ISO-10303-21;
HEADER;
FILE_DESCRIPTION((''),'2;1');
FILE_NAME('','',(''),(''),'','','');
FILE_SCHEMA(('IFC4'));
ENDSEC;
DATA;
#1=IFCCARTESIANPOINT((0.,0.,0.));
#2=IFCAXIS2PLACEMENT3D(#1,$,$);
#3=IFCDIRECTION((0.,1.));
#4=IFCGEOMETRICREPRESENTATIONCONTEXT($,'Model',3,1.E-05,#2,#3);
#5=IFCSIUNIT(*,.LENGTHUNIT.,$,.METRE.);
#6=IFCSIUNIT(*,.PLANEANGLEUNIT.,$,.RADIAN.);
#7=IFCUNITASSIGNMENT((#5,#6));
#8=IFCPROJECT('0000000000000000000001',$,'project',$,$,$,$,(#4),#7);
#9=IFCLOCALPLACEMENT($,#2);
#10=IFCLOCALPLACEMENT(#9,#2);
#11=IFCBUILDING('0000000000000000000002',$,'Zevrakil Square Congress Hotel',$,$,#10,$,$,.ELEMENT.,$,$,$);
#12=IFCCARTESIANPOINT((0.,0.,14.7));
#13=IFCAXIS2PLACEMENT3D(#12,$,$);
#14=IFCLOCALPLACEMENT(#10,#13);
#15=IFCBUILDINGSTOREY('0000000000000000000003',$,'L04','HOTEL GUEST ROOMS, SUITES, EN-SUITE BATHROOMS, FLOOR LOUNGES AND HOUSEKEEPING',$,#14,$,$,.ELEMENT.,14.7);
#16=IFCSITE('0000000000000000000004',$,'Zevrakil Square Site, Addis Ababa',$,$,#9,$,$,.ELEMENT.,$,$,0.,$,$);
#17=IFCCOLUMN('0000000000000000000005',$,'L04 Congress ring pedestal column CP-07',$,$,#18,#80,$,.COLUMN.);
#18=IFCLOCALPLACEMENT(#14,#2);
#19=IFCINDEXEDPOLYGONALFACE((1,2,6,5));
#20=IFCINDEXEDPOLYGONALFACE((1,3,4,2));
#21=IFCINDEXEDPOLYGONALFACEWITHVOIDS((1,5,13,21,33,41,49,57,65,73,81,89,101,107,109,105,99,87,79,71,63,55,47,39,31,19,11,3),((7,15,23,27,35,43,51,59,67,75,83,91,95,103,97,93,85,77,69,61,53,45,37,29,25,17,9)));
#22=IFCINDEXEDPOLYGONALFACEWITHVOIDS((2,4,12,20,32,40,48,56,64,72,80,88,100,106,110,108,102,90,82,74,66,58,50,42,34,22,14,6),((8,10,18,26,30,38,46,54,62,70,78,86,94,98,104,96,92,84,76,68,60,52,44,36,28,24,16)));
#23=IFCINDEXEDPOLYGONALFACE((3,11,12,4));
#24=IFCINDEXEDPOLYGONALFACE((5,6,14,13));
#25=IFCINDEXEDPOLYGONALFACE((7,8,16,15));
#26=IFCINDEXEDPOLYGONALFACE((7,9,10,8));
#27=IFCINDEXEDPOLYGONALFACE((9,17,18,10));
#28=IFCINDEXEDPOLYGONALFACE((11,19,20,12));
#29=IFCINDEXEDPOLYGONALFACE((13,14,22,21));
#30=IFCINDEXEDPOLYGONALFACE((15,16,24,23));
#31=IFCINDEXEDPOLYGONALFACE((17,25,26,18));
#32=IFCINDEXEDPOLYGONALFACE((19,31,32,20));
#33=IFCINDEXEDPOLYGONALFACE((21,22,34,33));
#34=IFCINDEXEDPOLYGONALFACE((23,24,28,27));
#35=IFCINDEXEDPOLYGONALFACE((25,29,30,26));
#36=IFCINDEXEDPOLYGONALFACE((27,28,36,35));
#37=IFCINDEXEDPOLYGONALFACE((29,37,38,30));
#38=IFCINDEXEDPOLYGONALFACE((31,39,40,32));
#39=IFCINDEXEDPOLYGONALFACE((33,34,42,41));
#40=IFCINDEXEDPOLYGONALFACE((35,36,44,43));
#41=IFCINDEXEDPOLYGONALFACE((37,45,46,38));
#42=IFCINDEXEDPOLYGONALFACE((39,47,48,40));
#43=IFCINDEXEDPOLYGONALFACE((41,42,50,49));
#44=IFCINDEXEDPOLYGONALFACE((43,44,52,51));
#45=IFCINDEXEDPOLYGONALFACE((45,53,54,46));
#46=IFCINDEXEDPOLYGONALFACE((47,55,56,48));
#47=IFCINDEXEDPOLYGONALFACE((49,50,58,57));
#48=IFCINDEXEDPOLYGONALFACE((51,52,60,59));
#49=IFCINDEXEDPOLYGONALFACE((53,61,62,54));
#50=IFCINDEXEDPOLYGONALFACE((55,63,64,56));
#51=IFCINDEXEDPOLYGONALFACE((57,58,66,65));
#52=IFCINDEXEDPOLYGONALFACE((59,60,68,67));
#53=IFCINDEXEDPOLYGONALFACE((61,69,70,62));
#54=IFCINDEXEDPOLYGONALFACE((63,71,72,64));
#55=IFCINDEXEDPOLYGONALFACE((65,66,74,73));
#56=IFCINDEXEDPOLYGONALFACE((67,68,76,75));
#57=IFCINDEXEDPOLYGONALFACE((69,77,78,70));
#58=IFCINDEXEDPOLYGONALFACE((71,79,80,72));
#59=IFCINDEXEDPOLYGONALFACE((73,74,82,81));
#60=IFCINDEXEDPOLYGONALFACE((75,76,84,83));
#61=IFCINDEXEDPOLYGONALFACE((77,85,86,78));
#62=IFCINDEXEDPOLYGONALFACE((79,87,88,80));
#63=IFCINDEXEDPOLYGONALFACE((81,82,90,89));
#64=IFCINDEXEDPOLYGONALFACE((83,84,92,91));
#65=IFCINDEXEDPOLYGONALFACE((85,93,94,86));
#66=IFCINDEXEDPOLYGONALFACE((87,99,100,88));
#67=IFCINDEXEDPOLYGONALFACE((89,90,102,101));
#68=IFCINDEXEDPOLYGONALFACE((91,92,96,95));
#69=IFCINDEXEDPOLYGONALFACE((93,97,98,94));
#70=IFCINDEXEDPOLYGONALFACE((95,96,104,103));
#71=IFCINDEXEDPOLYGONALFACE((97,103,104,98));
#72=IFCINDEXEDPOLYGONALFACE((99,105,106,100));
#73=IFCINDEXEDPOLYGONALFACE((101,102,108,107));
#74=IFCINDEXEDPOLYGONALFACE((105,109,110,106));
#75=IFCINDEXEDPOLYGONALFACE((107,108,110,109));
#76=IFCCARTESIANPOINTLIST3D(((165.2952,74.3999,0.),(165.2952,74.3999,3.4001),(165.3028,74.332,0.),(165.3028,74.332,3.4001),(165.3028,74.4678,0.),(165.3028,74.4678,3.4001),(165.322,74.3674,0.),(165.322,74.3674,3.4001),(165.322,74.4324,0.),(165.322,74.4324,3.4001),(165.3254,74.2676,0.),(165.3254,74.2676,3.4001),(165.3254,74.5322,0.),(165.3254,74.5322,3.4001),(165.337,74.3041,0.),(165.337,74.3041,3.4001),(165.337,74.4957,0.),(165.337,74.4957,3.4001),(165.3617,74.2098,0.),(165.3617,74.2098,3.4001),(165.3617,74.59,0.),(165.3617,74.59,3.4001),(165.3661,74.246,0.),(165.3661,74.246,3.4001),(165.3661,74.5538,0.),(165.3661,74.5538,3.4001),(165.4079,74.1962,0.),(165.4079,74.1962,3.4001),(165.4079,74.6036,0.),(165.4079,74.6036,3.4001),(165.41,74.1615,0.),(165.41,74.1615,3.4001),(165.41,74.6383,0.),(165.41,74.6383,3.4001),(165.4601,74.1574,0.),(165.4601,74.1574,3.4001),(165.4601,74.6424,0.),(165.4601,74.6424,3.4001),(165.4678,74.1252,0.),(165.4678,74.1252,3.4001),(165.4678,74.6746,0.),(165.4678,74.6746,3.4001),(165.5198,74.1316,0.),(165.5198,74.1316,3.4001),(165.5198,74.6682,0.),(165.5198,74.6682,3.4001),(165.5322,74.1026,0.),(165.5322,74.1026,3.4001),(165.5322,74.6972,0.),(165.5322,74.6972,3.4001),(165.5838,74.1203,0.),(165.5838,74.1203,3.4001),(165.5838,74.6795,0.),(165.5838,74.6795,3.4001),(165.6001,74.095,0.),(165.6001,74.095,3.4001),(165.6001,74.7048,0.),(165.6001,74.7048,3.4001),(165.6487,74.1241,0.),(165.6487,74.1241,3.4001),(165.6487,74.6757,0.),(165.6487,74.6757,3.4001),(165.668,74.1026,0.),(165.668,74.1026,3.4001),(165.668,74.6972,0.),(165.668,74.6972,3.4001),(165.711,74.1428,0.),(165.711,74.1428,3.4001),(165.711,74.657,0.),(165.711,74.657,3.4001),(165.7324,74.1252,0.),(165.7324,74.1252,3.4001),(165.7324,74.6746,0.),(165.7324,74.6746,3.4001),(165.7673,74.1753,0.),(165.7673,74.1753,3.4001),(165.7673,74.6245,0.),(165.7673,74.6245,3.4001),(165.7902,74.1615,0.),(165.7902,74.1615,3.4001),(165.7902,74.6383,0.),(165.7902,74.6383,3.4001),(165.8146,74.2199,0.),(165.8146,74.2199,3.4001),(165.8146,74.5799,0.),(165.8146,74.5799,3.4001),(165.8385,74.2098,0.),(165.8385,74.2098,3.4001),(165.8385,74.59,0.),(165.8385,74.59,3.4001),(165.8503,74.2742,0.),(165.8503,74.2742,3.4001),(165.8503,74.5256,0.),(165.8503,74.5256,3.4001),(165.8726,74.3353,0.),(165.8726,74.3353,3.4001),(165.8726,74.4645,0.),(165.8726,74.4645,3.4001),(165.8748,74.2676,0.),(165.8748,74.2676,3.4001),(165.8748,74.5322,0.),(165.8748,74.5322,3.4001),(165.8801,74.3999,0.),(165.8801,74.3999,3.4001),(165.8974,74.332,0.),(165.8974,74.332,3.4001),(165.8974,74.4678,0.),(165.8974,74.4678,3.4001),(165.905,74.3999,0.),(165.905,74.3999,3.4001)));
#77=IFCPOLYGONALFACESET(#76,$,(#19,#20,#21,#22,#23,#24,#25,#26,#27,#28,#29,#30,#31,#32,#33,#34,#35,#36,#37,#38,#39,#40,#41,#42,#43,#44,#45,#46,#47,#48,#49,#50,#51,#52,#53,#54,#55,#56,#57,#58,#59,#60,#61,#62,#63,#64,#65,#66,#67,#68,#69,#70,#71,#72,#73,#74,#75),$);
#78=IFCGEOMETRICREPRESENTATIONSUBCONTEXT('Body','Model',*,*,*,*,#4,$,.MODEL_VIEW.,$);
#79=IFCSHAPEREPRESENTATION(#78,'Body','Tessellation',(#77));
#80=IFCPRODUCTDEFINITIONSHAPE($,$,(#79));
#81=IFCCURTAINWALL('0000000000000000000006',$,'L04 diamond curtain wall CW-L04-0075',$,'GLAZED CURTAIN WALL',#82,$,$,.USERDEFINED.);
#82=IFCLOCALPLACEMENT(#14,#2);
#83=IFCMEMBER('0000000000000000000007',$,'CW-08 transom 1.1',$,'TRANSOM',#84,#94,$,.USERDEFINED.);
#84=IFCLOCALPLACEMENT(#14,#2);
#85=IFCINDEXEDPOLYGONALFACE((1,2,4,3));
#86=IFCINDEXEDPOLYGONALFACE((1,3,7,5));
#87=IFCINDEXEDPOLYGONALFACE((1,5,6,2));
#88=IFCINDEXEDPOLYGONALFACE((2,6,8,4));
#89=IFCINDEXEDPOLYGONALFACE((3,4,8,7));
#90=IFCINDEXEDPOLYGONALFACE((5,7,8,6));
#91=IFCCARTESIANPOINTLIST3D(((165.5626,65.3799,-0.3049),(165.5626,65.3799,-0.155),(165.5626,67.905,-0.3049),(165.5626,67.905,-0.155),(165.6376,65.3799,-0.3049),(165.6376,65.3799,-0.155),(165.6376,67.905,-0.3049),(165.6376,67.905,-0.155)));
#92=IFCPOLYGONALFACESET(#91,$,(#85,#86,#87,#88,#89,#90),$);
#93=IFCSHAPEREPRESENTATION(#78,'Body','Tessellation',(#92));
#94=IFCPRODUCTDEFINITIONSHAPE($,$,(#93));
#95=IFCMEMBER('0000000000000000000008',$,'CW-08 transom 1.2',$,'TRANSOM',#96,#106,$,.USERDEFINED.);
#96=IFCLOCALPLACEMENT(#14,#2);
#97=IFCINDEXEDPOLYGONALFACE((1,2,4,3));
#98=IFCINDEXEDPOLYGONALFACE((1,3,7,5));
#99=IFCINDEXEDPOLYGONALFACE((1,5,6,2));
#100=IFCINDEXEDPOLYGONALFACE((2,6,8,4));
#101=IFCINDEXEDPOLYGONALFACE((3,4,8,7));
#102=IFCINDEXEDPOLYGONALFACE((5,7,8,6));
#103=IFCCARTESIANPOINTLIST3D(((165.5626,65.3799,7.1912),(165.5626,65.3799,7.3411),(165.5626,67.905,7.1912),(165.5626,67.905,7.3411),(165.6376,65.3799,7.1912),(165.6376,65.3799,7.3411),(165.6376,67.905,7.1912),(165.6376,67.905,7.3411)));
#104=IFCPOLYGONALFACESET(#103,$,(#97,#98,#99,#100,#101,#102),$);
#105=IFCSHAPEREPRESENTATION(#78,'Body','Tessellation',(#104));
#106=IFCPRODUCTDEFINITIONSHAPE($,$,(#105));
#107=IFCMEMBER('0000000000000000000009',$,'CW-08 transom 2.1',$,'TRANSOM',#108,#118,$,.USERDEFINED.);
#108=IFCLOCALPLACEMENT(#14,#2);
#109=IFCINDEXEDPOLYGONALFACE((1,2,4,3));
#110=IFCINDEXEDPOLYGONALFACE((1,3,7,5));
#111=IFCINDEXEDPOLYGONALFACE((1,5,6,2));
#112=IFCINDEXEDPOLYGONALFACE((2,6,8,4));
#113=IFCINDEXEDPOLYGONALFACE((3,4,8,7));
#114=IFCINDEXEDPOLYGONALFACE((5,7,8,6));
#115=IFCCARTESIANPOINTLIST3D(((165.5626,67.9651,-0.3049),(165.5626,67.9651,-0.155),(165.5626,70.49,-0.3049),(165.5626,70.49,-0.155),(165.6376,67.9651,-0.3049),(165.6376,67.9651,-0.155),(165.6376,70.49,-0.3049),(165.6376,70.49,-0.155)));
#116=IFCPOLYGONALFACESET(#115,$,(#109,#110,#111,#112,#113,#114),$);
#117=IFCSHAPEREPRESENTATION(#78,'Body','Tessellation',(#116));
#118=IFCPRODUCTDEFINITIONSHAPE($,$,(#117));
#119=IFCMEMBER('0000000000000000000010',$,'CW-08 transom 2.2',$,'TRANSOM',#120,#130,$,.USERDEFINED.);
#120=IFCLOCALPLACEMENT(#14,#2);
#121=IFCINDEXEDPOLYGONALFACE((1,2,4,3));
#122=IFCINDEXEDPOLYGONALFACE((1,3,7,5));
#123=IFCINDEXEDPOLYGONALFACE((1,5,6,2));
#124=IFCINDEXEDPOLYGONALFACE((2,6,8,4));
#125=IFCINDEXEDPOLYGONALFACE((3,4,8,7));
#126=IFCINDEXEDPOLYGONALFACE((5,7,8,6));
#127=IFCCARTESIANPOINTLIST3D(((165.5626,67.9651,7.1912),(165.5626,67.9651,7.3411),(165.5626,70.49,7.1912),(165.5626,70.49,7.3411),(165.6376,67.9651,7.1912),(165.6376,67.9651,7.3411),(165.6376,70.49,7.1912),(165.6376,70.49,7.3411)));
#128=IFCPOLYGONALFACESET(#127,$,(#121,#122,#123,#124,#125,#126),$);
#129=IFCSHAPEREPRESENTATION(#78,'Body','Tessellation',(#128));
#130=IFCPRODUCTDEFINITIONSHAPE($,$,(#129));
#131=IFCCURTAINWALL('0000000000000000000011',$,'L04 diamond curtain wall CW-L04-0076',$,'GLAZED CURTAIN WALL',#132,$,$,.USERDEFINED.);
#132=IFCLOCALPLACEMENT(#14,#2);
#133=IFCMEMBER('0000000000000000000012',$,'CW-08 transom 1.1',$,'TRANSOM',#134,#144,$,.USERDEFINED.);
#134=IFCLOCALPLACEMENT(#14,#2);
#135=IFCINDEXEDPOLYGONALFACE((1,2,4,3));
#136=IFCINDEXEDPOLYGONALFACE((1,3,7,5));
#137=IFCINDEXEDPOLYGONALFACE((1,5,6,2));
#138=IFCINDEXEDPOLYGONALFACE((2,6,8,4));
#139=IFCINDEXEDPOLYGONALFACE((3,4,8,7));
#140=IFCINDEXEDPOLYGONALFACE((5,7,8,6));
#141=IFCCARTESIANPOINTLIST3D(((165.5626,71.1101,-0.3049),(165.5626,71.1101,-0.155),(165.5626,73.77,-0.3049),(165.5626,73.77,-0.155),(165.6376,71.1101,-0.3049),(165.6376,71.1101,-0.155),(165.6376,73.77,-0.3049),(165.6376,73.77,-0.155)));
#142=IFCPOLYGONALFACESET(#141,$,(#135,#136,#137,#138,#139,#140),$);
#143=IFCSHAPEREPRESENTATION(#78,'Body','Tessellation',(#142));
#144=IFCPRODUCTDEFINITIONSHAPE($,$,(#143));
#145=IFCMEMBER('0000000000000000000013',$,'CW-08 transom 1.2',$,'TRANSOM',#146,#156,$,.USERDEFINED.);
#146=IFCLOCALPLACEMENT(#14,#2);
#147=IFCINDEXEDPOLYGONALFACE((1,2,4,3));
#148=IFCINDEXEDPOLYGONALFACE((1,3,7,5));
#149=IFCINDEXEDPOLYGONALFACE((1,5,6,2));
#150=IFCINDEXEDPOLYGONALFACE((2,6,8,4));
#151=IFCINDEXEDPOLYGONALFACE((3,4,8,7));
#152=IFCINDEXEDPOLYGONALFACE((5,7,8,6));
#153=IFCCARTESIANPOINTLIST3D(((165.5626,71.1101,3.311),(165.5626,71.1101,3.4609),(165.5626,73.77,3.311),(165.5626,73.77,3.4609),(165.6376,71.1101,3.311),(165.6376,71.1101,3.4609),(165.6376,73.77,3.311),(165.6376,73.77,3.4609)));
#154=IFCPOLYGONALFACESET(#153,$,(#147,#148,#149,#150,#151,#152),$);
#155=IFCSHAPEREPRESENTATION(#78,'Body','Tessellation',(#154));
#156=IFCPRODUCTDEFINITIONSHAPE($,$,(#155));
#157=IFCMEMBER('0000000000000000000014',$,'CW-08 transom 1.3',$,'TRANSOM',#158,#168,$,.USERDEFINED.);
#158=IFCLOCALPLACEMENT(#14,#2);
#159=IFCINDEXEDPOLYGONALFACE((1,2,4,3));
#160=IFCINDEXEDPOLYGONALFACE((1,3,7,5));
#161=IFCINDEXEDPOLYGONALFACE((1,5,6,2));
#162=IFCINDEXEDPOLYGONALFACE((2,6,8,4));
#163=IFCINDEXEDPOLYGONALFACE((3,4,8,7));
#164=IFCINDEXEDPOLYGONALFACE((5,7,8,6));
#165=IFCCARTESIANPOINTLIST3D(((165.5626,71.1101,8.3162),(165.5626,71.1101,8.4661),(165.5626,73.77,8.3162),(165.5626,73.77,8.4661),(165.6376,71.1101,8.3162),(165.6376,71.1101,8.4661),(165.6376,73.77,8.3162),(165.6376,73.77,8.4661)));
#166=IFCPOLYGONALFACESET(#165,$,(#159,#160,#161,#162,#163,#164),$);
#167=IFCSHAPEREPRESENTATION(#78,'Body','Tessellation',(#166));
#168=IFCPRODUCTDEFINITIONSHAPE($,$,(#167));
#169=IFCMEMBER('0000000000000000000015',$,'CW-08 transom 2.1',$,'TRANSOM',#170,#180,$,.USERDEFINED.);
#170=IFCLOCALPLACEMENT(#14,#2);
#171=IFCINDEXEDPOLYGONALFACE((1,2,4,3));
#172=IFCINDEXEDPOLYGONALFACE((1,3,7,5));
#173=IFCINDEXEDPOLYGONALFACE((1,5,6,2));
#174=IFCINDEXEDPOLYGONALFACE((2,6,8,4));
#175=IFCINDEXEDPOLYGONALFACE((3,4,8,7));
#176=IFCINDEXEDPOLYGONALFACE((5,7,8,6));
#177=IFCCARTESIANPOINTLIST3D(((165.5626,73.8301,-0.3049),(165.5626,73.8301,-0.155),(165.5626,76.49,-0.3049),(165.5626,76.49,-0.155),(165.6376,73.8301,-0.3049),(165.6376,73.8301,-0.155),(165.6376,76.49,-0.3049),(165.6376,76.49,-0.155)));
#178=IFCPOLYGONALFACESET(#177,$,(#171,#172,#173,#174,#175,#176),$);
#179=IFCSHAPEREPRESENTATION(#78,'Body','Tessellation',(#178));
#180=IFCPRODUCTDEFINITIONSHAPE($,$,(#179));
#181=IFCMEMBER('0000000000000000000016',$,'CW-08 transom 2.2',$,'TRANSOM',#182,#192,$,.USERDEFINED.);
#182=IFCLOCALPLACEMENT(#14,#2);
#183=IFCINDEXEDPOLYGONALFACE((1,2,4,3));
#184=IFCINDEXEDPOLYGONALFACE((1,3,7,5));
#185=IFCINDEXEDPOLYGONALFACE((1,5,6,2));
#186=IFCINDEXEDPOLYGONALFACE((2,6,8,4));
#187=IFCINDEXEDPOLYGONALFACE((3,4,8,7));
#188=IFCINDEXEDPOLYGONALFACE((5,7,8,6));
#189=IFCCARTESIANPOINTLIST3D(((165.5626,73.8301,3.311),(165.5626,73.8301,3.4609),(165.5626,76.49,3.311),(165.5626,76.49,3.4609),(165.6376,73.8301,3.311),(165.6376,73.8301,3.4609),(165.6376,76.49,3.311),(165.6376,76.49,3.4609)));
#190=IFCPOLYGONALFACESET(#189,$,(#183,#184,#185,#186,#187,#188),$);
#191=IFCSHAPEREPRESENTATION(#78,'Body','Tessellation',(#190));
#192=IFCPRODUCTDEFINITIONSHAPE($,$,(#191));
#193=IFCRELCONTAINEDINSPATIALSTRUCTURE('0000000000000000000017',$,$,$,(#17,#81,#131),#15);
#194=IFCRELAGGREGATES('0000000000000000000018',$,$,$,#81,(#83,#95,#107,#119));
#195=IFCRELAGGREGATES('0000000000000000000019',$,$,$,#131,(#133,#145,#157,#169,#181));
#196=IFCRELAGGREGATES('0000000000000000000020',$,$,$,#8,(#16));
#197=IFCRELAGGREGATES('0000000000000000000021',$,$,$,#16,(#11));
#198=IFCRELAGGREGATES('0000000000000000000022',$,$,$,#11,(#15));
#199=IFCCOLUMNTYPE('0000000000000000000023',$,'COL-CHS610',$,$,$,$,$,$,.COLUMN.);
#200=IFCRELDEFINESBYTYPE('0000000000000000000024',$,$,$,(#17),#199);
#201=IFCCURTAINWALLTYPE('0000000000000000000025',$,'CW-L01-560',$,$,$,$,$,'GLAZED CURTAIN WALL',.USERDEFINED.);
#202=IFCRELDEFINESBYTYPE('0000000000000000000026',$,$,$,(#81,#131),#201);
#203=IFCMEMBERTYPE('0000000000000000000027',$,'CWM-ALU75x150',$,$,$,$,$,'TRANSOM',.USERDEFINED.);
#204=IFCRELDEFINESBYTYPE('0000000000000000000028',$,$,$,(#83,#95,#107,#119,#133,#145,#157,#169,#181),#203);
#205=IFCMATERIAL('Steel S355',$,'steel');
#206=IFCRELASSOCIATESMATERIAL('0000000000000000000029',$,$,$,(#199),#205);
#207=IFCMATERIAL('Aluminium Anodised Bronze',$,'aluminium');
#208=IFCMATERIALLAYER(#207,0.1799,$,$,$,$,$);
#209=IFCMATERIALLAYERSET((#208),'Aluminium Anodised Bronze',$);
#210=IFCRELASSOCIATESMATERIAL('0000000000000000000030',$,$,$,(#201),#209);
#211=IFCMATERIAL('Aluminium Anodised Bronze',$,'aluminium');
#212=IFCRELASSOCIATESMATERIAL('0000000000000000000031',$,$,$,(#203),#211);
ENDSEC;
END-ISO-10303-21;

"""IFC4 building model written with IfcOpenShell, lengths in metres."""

from ifc_helpers import new_model, si_unit, direction, frame, origin, origin_2d, place, context, subcontext, project, spatial, rectangle, hollow_circle, extrude, material, layer, layer_set, material_profile, profile_set, type_object, element, aggregate, save


model = new_model("IFC4")

# Units and contexts
model_context = context("Model", 3, precision=1e-05, world=origin(), true_north=direction((0.0, 1.0)))
body_context = subcontext(model_context, "Body", "Model", "MODEL_VIEW")
ifc_project = project(units=[si_unit("LENGTHUNIT", "METRE"), si_unit("PLANEANGLEUNIT", "RADIAN")], contexts=[model_context])

# Site, building, storey
site_placement = place(None, origin())
site = spatial("IfcSite", under=ifc_project, at=site_placement, Name="Zevrakil Square Site, Addis Ababa", CompositionType="ELEMENT", RefElevation=0.0)
building_placement = place(site_placement, origin())
building = spatial("IfcBuilding", under=site, at=building_placement, Name="Zevrakil Square Congress Hotel", CompositionType="ELEMENT")
storey_placement = place(building_placement, frame((0.0, 0.0, 14.7)))
storey = spatial("IfcBuildingStorey", under=building, at=storey_placement, Name="L04", Description="HOTEL GUEST ROOMS, SUITES, EN-SUITE BATHROOMS, FLOOR LOUNGES AND HOUSEKEEPING", CompositionType="ELEMENT", Elevation=14.7)

# Column
ifc_material_1 = material(Name="Steel S355", Category="steel")
ifc_material_profile_1 = material_profile(ifc_material_1, hollow_circle(Radius=0.3049, WallThickness=0.0249, at=origin_2d()), Name="CHS 610x25")
ifc_profile_set_1 = profile_set([ifc_material_profile_1], Name="Steel S355")
column_type = type_object("IfcColumnType", Name="COL-CHS610", PredefinedType="COLUMN", material=ifc_profile_set_1)
column_placement = place(storey_placement, frame((165.6001, 74.3999, 0.0), z_axis=(0.0, 0.0, 1.0), x_axis=(1.0, 0.0, 0.0)))
element("IfcColumn", 1, at=column_placement, inside=storey, type_object=column_type, Name="L04 Congress ring pedestal column CP-07", PredefinedType="COLUMN", context=body_context, shape_type="SweptSolid", body=[
    extrude(hollow_circle(Radius=0.3049, WallThickness=0.0249, at=origin_2d()), origin(), (0.0, 0.0, 1.0), 3.4001),
])

# Curtain walls, members
ifc_material_2 = material(Name="Aluminium Anodised Bronze", Category="aluminium")
ifc_layer_1 = layer(ifc_material_2, 0.1799)
ifc_layer_set_1 = layer_set([ifc_layer_1], Name="Aluminium Anodised Bronze")
curtain_wall_type = type_object("IfcCurtainWallType", Name="CW-L01-560", ElementType="GLAZED CURTAIN WALL", PredefinedType="USERDEFINED", material=ifc_layer_set_1)
curtain_wall_1_placement = place(storey_placement, origin())
curtain_wall_1 = element("IfcCurtainWall", 2, at=curtain_wall_1_placement, inside=storey, type_object=curtain_wall_type, Name="L04 diamond curtain wall CW-L04-0075", ObjectType="GLAZED CURTAIN WALL", PredefinedType="USERDEFINED")
ifc_material_3 = material(Name="Aluminium Anodised Bronze", Category="aluminium")
ifc_material_profile_2 = material_profile(ifc_material_3, rectangle(XDim=0.075, YDim=0.1499, at=origin_2d()), Name="ALU 75x150")
ifc_profile_set_2 = profile_set([ifc_material_profile_2], Name="Aluminium Anodised Bronze")
member_type_1 = type_object("IfcMemberType", Name="CWM-ALU75x150", ElementType="TRANSOM", PredefinedType="USERDEFINED", material=ifc_profile_set_2)
member_1_placement = place(storey_placement, frame((165.6001, 65.3799, -0.23), z_axis=(0.0, 1.0, 0.0), x_axis=(-1.0, 0.0, 0.0)))
member_1 = element("IfcMember", 3, at=member_1_placement, type_object=member_type_1, Name="CW-08 transom 1.1", ObjectType="TRANSOM", PredefinedType="USERDEFINED", context=body_context, shape_type="SweptSolid", body=[
    extrude(rectangle(XDim=0.075, YDim=0.1499, at=origin_2d()), origin(), (0.0, 0.0, 1.0), 2.5251),
])
member_2_placement = place(storey_placement, frame((165.6001, 65.3799, 7.2661), z_axis=(0.0, 1.0, 0.0), x_axis=(-1.0, 0.0, 0.0)))
member_2 = element("IfcMember", 4, at=member_2_placement, type_object=member_type_1, Name="CW-08 transom 1.2", ObjectType="TRANSOM", PredefinedType="USERDEFINED", context=body_context, shape_type="SweptSolid", body=[
    extrude(rectangle(XDim=0.075, YDim=0.1499, at=origin_2d()), origin(), (0.0, 0.0, 1.0), 2.5251),
])
member_3_placement = place(storey_placement, frame((165.6001, 67.9651, -0.23), z_axis=(0.0, 1.0, 0.0), x_axis=(-1.0, 0.0, 0.0)))
member_3 = element("IfcMember", 5, at=member_3_placement, type_object=member_type_1, Name="CW-08 transom 2.1", ObjectType="TRANSOM", PredefinedType="USERDEFINED", context=body_context, shape_type="SweptSolid", body=[
    extrude(rectangle(XDim=0.075, YDim=0.1499, at=origin_2d()), origin(), (0.0, 0.0, 1.0), 2.5249),
])
member_4_placement = place(storey_placement, frame((165.6001, 67.9651, 7.2661), z_axis=(0.0, 1.0, 0.0), x_axis=(-1.0, 0.0, 0.0)))
member_4 = element("IfcMember", 6, at=member_4_placement, type_object=member_type_1, Name="CW-08 transom 2.2", ObjectType="TRANSOM", PredefinedType="USERDEFINED", context=body_context, shape_type="SweptSolid", body=[
    extrude(rectangle(XDim=0.075, YDim=0.1499, at=origin_2d()), origin(), (0.0, 0.0, 1.0), 2.5249),
])
curtain_wall_2_placement = place(storey_placement, origin())
curtain_wall_2 = element("IfcCurtainWall", 7, at=curtain_wall_2_placement, inside=storey, type_object=curtain_wall_type, Name="L04 diamond curtain wall CW-L04-0076", ObjectType="GLAZED CURTAIN WALL", PredefinedType="USERDEFINED")
member_5_placement = place(storey_placement, frame((165.6001, 71.1101, -0.23), z_axis=(0.0, 1.0, 0.0), x_axis=(-1.0, 0.0, 0.0)))
member_5 = element("IfcMember", 8, at=member_5_placement, type_object=member_type_1, Name="CW-08 transom 1.1", ObjectType="TRANSOM", PredefinedType="USERDEFINED", context=body_context, shape_type="SweptSolid", body=[
    extrude(rectangle(XDim=0.075, YDim=0.1499, at=origin_2d()), origin(), (0.0, 0.0, 1.0), 2.6599),
])
member_6_placement = place(storey_placement, frame((165.6001, 71.1101, 3.386), z_axis=(0.0, 1.0, 0.0), x_axis=(-1.0, 0.0, 0.0)))
member_6 = element("IfcMember", 9, at=member_6_placement, type_object=member_type_1, Name="CW-08 transom 1.2", ObjectType="TRANSOM", PredefinedType="USERDEFINED", context=body_context, shape_type="SweptSolid", body=[
    extrude(rectangle(XDim=0.075, YDim=0.1499, at=origin_2d()), origin(), (0.0, 0.0, 1.0), 2.6599),
])
member_7_placement = place(storey_placement, frame((165.6001, 71.1101, 8.3911), z_axis=(0.0, 1.0, 0.0), x_axis=(-1.0, 0.0, 0.0)))
member_7 = element("IfcMember", 10, at=member_7_placement, type_object=member_type_1, Name="CW-08 transom 1.3", ObjectType="TRANSOM", PredefinedType="USERDEFINED", context=body_context, shape_type="SweptSolid", body=[
    extrude(rectangle(XDim=0.075, YDim=0.1499, at=origin_2d()), origin(), (0.0, 0.0, 1.0), 2.6599),
])
member_8_placement = place(storey_placement, frame((165.6001, 73.8301, -0.23), z_axis=(0.0, 1.0, 0.0), x_axis=(-1.0, 0.0, 0.0)))
member_8 = element("IfcMember", 11, at=member_8_placement, type_object=member_type_1, Name="CW-08 transom 2.1", ObjectType="TRANSOM", PredefinedType="USERDEFINED", context=body_context, shape_type="SweptSolid", body=[
    extrude(rectangle(XDim=0.075, YDim=0.1499, at=origin_2d()), origin(), (0.0, 0.0, 1.0), 2.6599),
])
member_9_placement = place(storey_placement, frame((165.6001, 73.8301, 3.386), z_axis=(0.0, 1.0, 0.0), x_axis=(-1.0, 0.0, 0.0)))
member_9 = element("IfcMember", 12, at=member_9_placement, type_object=member_type_1, Name="CW-08 transom 2.2", ObjectType="TRANSOM", PredefinedType="USERDEFINED", context=body_context, shape_type="SweptSolid", body=[
    extrude(rectangle(XDim=0.075, YDim=0.1499, at=origin_2d()), origin(), (0.0, 0.0, 1.0), 2.6599),
])

aggregate(curtain_wall_1, [member_1, member_2, member_3, member_4])
aggregate(curtain_wall_2, [member_5, member_6, member_7, member_8, member_9])

save(model, "model.ifc")
